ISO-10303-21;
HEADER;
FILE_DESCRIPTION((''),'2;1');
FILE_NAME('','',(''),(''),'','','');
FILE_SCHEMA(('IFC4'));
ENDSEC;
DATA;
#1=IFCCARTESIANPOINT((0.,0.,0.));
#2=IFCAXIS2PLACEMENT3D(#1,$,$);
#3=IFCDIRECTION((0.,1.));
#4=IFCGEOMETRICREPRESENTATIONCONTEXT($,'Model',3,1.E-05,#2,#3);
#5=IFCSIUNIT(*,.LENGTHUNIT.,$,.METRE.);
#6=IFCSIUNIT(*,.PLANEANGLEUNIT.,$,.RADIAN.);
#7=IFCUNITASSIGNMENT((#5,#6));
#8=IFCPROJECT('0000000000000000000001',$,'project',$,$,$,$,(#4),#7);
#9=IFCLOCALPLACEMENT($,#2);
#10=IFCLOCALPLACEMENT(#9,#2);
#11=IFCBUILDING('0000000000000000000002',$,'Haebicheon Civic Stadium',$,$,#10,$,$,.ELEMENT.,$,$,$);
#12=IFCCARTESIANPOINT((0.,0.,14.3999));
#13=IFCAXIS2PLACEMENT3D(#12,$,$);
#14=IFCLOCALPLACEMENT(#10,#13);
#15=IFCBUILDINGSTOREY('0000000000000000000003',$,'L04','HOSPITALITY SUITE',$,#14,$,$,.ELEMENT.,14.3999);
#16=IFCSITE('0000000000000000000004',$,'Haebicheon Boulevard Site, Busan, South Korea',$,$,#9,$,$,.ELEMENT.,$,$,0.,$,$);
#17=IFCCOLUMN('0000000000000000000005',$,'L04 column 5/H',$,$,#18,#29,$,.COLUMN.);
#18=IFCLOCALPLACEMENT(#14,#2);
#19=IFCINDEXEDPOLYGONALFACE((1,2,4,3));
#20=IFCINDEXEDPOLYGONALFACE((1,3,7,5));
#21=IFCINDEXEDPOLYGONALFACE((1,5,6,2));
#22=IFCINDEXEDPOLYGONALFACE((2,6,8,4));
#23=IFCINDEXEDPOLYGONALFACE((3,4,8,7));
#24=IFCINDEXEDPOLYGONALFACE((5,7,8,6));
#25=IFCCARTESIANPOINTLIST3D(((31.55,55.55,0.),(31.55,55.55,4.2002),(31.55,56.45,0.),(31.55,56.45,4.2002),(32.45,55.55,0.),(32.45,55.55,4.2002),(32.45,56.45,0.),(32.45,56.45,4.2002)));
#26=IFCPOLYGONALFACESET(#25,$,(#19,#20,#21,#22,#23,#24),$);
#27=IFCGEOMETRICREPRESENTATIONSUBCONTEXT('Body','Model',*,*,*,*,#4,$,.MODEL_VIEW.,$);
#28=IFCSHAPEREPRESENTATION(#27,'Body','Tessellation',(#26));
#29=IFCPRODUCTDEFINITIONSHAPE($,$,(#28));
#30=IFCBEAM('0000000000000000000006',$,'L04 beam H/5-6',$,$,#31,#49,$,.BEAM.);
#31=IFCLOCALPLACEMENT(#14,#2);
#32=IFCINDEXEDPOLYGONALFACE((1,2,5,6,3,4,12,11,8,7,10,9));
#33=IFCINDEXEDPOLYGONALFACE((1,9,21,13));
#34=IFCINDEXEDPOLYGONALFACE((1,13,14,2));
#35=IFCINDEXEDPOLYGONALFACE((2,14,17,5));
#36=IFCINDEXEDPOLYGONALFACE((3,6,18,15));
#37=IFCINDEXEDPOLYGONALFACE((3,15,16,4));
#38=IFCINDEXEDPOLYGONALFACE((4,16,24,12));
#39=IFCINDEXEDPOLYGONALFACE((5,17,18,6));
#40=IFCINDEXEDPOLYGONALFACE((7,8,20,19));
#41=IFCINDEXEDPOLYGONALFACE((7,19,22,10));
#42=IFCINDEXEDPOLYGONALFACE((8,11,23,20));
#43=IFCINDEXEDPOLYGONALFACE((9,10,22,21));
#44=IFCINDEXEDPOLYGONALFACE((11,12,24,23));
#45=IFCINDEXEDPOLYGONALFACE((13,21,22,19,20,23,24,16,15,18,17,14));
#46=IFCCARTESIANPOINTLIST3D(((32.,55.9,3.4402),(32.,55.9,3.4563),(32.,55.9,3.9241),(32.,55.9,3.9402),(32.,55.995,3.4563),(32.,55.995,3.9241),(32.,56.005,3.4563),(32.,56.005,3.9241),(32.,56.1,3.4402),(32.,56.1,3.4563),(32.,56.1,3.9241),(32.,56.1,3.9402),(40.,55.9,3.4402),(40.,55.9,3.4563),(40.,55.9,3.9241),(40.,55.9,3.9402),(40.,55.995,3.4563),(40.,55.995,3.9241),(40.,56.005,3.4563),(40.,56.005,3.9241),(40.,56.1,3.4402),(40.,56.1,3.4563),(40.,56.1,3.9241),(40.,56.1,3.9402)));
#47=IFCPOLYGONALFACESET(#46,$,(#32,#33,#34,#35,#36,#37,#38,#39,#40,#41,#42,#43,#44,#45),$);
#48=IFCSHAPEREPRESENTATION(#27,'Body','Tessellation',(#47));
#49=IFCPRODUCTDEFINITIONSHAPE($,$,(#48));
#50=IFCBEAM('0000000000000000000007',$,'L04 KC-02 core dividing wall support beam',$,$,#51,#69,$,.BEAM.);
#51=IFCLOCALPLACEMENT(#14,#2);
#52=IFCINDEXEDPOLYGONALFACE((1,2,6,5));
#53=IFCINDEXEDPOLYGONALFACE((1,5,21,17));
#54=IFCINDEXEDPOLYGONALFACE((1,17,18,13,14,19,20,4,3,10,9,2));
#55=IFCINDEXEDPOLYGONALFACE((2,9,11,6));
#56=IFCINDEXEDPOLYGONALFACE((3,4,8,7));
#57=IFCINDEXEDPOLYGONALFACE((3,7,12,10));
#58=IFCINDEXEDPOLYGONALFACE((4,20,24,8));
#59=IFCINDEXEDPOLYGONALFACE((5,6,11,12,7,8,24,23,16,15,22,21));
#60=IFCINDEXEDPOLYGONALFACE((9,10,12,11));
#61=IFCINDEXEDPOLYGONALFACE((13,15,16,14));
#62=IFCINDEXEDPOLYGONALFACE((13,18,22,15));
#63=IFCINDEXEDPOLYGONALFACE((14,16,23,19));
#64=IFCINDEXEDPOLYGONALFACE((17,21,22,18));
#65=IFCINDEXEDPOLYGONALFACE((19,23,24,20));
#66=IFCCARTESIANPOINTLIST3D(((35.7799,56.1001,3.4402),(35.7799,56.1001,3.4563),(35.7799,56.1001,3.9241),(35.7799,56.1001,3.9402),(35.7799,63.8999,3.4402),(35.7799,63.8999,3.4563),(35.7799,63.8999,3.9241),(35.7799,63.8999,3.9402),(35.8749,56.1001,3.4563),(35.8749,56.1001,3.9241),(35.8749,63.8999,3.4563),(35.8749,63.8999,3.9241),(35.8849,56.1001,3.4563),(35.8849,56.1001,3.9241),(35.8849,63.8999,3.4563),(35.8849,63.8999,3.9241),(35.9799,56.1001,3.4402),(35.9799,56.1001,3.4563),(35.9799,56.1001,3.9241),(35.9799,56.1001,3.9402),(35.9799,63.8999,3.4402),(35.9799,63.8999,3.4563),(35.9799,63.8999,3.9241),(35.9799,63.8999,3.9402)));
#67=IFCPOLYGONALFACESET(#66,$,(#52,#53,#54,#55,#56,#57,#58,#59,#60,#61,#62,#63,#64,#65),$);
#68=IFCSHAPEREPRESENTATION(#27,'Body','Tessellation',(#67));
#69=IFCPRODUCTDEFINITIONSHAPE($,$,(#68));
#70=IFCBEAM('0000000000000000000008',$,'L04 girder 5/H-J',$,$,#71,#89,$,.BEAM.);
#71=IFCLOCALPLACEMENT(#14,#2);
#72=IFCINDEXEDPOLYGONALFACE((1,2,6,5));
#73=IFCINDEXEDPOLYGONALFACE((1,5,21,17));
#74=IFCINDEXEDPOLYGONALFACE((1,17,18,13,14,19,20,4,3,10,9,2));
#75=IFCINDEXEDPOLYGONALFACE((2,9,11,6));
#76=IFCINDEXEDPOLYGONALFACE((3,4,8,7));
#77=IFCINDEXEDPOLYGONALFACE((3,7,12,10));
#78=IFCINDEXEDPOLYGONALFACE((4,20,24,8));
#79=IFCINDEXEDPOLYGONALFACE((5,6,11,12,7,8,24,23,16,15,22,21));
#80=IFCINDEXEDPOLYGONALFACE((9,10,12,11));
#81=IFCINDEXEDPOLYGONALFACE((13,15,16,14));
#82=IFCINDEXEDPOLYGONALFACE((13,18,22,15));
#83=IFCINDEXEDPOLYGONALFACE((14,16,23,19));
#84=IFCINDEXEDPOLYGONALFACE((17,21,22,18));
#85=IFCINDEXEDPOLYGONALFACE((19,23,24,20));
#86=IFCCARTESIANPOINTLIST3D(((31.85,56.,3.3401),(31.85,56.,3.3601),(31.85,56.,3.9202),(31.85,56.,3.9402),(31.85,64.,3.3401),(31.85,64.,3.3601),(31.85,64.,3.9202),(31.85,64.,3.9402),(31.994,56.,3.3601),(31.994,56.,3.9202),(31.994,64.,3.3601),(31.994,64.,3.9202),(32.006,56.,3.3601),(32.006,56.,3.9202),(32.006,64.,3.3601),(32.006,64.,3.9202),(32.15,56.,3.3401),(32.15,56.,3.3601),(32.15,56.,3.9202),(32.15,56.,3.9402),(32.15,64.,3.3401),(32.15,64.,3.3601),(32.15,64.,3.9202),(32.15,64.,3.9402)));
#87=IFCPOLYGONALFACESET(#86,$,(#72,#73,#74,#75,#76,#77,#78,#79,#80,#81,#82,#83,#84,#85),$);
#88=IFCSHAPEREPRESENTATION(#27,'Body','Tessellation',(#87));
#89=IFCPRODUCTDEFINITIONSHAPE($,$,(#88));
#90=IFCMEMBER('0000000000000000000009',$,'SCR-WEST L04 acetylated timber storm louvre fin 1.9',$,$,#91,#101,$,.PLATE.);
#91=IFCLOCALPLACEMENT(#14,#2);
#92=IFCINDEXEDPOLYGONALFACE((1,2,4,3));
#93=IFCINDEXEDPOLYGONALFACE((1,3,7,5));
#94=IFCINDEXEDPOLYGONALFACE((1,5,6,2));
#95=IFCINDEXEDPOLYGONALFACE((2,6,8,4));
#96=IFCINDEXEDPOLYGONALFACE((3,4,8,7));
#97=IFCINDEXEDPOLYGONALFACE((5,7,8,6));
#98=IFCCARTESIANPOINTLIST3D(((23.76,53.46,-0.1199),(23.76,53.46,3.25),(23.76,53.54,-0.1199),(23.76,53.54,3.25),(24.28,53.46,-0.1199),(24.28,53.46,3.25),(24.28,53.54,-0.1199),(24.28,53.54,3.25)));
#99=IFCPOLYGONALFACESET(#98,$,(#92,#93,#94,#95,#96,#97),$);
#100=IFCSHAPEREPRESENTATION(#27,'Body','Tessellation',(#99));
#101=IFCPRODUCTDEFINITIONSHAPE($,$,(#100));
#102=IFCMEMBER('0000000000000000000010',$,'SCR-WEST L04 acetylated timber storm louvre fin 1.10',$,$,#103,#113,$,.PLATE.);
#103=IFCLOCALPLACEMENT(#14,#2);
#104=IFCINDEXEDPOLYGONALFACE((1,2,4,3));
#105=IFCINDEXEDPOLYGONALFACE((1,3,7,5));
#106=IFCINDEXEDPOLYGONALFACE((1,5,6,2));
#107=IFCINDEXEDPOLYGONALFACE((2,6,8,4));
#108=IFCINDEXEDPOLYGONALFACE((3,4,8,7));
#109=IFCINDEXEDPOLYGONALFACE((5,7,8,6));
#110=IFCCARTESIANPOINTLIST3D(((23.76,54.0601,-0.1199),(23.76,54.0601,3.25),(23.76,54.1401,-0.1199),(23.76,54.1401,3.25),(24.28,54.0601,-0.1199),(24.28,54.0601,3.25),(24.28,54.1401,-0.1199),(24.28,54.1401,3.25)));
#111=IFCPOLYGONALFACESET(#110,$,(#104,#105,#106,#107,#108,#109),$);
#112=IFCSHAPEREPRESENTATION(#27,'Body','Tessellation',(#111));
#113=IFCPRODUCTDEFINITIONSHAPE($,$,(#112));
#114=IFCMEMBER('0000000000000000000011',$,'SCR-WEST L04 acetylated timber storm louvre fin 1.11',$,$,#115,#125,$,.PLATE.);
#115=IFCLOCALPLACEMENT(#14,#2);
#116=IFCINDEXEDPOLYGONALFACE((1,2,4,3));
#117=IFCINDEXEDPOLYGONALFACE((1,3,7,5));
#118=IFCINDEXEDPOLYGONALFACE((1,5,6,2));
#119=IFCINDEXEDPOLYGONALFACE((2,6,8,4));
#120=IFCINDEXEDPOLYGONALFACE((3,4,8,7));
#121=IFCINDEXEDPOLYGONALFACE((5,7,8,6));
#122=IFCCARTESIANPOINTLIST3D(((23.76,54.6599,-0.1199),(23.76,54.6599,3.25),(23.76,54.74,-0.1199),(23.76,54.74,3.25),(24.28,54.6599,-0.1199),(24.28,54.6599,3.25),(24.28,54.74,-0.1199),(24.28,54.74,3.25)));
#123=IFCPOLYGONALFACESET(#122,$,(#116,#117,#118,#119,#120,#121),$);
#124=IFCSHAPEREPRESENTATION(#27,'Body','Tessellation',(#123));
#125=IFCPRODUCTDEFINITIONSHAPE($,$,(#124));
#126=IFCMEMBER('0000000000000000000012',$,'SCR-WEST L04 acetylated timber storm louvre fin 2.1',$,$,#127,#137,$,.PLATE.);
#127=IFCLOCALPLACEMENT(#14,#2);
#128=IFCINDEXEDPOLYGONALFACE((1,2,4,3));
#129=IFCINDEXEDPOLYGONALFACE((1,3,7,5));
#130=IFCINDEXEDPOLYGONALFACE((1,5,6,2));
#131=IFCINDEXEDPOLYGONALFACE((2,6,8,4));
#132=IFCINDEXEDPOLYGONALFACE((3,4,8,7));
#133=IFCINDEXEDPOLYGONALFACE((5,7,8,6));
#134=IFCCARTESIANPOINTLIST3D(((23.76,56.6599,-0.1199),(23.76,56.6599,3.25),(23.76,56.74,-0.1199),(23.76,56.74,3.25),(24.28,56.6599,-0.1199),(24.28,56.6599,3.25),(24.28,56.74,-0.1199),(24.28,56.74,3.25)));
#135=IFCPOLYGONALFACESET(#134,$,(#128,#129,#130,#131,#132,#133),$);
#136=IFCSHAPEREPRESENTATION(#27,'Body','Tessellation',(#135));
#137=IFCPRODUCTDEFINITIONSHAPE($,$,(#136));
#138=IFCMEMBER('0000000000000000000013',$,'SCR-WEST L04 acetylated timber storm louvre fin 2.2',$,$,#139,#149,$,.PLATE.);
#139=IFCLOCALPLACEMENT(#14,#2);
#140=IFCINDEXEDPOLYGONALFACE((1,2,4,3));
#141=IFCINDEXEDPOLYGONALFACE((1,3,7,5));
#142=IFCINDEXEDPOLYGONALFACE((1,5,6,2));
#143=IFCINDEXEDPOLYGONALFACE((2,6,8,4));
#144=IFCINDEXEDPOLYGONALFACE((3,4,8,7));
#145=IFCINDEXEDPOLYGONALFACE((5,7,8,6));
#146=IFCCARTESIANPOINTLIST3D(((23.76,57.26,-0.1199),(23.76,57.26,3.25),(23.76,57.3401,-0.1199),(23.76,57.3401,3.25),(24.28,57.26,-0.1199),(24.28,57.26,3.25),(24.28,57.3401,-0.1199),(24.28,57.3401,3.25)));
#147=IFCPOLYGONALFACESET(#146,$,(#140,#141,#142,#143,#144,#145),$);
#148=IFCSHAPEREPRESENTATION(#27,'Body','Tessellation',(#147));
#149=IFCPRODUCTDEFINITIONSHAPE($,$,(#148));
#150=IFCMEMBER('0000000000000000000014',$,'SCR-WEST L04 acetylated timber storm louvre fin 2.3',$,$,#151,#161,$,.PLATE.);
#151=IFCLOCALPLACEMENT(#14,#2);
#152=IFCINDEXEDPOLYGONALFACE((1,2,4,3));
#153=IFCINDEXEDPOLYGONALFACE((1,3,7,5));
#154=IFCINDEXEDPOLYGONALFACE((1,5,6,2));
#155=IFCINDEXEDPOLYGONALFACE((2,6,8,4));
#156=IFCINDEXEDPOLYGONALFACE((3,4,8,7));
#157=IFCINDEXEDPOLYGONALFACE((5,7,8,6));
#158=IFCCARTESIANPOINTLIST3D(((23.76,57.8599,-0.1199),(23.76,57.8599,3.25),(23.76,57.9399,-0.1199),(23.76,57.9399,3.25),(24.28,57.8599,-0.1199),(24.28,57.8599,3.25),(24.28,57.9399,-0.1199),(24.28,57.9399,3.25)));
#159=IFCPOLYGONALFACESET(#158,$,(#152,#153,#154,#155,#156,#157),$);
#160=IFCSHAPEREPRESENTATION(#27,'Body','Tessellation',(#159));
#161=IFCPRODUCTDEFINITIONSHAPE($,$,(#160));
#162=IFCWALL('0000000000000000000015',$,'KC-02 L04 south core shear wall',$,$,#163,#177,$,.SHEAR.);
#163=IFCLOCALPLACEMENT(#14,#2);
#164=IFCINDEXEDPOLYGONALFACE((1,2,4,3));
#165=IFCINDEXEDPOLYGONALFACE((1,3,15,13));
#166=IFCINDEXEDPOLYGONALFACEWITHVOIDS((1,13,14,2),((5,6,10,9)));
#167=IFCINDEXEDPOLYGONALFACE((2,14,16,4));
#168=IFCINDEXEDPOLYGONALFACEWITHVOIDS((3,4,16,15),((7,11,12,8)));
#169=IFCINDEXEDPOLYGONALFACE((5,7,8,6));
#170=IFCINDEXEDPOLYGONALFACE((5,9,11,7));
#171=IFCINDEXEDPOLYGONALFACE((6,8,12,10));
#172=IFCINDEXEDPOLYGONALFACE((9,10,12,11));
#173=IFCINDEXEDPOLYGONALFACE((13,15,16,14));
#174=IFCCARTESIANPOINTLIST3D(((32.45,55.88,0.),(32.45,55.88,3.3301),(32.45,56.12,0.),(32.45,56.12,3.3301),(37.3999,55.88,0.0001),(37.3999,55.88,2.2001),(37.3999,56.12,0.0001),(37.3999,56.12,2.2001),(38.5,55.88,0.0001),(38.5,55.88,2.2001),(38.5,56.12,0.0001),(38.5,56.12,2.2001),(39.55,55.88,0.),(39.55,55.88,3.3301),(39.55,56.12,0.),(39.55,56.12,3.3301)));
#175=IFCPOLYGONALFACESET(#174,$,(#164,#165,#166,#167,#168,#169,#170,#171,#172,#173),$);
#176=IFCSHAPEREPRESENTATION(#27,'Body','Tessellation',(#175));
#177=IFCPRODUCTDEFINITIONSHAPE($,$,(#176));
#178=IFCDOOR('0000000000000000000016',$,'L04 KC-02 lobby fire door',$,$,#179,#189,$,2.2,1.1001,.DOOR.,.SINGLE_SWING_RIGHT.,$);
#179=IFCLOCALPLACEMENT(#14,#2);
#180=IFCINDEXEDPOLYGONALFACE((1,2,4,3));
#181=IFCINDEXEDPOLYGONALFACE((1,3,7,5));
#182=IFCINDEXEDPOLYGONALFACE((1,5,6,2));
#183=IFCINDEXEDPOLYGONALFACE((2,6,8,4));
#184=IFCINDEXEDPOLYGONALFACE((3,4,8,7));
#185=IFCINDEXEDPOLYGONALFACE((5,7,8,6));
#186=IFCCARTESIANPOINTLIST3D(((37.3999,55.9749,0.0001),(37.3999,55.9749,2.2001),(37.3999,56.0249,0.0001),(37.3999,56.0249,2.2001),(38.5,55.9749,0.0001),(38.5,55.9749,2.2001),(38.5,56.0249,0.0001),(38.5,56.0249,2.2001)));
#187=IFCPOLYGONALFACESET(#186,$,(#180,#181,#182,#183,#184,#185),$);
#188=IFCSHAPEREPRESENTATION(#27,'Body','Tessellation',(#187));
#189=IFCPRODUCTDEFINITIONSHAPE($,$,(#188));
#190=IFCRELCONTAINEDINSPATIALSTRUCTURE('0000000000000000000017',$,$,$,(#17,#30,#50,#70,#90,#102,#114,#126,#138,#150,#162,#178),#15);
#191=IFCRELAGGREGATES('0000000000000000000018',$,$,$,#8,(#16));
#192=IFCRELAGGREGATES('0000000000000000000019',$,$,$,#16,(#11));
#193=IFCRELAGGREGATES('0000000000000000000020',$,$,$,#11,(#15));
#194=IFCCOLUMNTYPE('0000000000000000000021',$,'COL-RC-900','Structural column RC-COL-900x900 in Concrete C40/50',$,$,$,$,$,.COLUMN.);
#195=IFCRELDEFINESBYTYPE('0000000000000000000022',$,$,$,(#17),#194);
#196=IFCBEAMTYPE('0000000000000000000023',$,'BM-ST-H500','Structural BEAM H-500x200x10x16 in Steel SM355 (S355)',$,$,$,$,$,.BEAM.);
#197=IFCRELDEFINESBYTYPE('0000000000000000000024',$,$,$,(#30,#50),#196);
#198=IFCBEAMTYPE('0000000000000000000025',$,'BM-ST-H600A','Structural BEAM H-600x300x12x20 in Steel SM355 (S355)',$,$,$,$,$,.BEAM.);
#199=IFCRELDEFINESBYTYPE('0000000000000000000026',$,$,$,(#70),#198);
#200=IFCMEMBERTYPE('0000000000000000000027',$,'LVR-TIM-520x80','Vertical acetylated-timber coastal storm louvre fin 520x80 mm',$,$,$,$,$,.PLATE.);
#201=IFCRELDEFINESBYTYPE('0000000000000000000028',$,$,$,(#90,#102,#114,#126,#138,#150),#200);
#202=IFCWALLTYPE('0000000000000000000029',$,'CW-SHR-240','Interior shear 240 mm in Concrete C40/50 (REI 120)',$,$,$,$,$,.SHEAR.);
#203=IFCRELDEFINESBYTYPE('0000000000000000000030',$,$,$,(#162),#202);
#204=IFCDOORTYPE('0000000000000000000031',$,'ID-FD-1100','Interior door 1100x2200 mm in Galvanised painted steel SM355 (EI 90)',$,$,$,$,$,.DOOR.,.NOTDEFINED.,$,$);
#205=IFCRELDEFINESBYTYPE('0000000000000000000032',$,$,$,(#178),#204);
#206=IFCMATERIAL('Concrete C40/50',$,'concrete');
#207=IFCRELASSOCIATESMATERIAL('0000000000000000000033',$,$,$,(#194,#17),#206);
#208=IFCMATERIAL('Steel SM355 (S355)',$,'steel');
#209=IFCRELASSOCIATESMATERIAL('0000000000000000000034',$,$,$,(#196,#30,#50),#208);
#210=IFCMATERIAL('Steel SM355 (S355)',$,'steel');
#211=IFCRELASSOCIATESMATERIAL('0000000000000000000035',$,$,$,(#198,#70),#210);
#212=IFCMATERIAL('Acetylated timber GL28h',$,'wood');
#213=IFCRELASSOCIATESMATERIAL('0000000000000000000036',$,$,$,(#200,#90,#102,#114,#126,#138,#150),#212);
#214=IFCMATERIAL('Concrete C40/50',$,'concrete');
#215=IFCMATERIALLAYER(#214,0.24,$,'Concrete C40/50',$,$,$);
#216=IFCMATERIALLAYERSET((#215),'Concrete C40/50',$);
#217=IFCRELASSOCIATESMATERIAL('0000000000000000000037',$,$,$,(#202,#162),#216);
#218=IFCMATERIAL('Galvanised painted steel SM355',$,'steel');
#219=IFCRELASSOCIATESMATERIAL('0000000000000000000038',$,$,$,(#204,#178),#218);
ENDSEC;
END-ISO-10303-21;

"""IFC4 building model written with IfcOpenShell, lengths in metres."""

from ifc_helpers import new_model, si_unit, direction, frame, frame_2d, origin, origin_2d, place, context, subcontext, project, spatial, rectangle, i_section, extrude, material, layer, layer_set, material_profile, profile_set, type_object, element, fill, save


model = new_model("IFC4")

# Units and contexts
model_context = context("Model", 3, precision=1e-05, world=origin(), true_north=direction((0.0, 1.0)))
body_context = subcontext(model_context, "Body", "Model", "MODEL_VIEW")
ifc_project = project(units=[si_unit("LENGTHUNIT", "METRE"), si_unit("PLANEANGLEUNIT", "RADIAN")], contexts=[model_context])

# Site, building, storey
site_placement = place(None, origin())
site = spatial("IfcSite", under=ifc_project, at=site_placement, Name="Haebicheon Boulevard Site, Busan, South Korea", CompositionType="ELEMENT", RefElevation=0.0)
building_placement = place(site_placement, origin())
building = spatial("IfcBuilding", under=site, at=building_placement, Name="Haebicheon Civic Stadium", CompositionType="ELEMENT")
storey_placement = place(building_placement, frame((0.0, 0.0, 14.3999)))
storey = spatial("IfcBuildingStorey", under=building, at=storey_placement, Name="L04", Description="HOSPITALITY SUITE", CompositionType="ELEMENT", Elevation=14.3999)

# Column
ifc_material_1 = material(Name="Concrete C40/50", Category="concrete")
ifc_material_profile_1 = material_profile(ifc_material_1, rectangle(XDim=0.8999, YDim=0.8999, at=origin_2d()), Name="RC-COL-900x900")
ifc_profile_set_1 = profile_set([ifc_material_profile_1], Name="Concrete C40/50")
column_type = type_object("IfcColumnType", Name="COL-RC-900", Description="Structural column RC-COL-900x900 in Concrete C40/50", PredefinedType="COLUMN", material=ifc_profile_set_1)
column_placement = place(storey_placement, frame((32.0, 56.0, 0.0), z_axis=(0.0, 0.0, 1.0), x_axis=(1.0, 0.0, 0.0)))
element("IfcColumn", 1, at=column_placement, inside=storey, type_object=column_type, material=ifc_profile_set_1, Name="L04 column 5/H", PredefinedType="COLUMN", context=body_context, shape_type="SweptSolid", body=[
    extrude(rectangle(XDim=0.8999, YDim=0.8999, at=origin_2d()), origin(), (0.0, 0.0, 1.0), 4.2002),
])

# Beams
ifc_material_2 = material(Name="Steel SM355 (S355)", Category="steel")
ifc_material_profile_2 = material_profile(ifc_material_2, i_section(OverallWidth=0.2, OverallDepth=0.5, WebThickness=0.01, FlangeThickness=0.0161, at=origin_2d()), Name="H-500x200x10x16")
ifc_profile_set_2 = profile_set([ifc_material_profile_2], Name="Steel SM355 (S355)")
beam_type_1 = type_object("IfcBeamType", Name="BM-ST-H500", Description="Structural BEAM H-500x200x10x16 in Steel SM355 (S355)", PredefinedType="BEAM", material=ifc_profile_set_2)
beam_1_placement = place(storey_placement, frame((32.0, 56.0, 3.6902), z_axis=(1.0, 0.0, 0.0), x_axis=(0.0, 1.0, 0.0)))
element("IfcBeam", 2, at=beam_1_placement, inside=storey, type_object=beam_type_1, material=ifc_profile_set_2, Name="L04 beam H/5-6", PredefinedType="BEAM", context=body_context, shape_type="SweptSolid", body=[
    extrude(i_section(OverallWidth=0.2, OverallDepth=0.5, WebThickness=0.01, FlangeThickness=0.0161, at=origin_2d()), origin(), (0.0, 0.0, 1.0), 8.0),
])
beam_2_placement = place(storey_placement, frame((35.8799, 56.1001, 3.6902), z_axis=(0.0, 1.0, 0.0), x_axis=(-1.0, 0.0, 0.0)))
element("IfcBeam", 3, at=beam_2_placement, inside=storey, type_object=beam_type_1, material=ifc_profile_set_2, Name="L04 KC-02 core dividing wall support beam", PredefinedType="BEAM", context=body_context, shape_type="SweptSolid", body=[
    extrude(i_section(OverallWidth=0.2, OverallDepth=0.5, WebThickness=0.01, FlangeThickness=0.0161, at=origin_2d()), origin(), (0.0, 0.0, 1.0), 7.7998),
])
ifc_material_3 = material(Name="Steel SM355 (S355)", Category="steel")
ifc_material_profile_3 = material_profile(ifc_material_3, i_section(OverallWidth=0.3, OverallDepth=0.6001, WebThickness=0.012, FlangeThickness=0.02, at=origin_2d()), Name="H-600x300x12x20")
ifc_profile_set_3 = profile_set([ifc_material_profile_3], Name="Steel SM355 (S355)")
beam_type_2 = type_object("IfcBeamType", Name="BM-ST-H600A", Description="Structural BEAM H-600x300x12x20 in Steel SM355 (S355)", PredefinedType="BEAM", material=ifc_profile_set_3)
beam_3_placement = place(storey_placement, frame((32.0, 56.0, 3.6401), z_axis=(0.0, 1.0, 0.0), x_axis=(-1.0, 0.0, 0.0)))
element("IfcBeam", 4, at=beam_3_placement, inside=storey, type_object=beam_type_2, material=ifc_profile_set_3, Name="L04 girder 5/H-J", PredefinedType="BEAM", context=body_context, shape_type="SweptSolid", body=[
    extrude(i_section(OverallWidth=0.3, OverallDepth=0.6001, WebThickness=0.012, FlangeThickness=0.02, at=origin_2d()), origin(), (0.0, 0.0, 1.0), 8.0),
])

# Members
ifc_material_4 = material(Name="Acetylated timber GL28h", Category="wood")
ifc_material_profile_4 = material_profile(ifc_material_4, rectangle(XDim=0.0801, YDim=0.52, at=origin_2d()), Name="TMB-LOUV-80x520")
ifc_profile_set_4 = profile_set([ifc_material_profile_4], Name="Acetylated timber GL28h")
member_type = type_object("IfcMemberType", Name="LVR-TIM-520x80", Description="Vertical acetylated-timber coastal storm louvre fin 520x80 mm", PredefinedType="PLATE", material=ifc_profile_set_4)
for number, where, z_axis, x_axis, name in (
    (5, (24.02, 53.5, -0.1199), (0.0, 0.0, 1.0), (0.0, 1.0, 0.0), "SCR-WEST L04 acetylated timber storm louvre fin 1.9"),
    (6, (24.02, 54.1001, -0.1199), (0.0, 0.0, 1.0), (0.0, 1.0, 0.0), "SCR-WEST L04 acetylated timber storm louvre fin 1.10"),
    (7, (24.02, 54.7, -0.1199), (0.0, 0.0, 1.0), (0.0, 1.0, 0.0), "SCR-WEST L04 acetylated timber storm louvre fin 1.11"),
    (8, (24.02, 56.7, -0.1199), (0.0, 0.0, 1.0), (0.0, 1.0, 0.0), "SCR-WEST L04 acetylated timber storm louvre fin 2.1"),
    (9, (24.02, 57.3, -0.1199), (0.0, 0.0, 1.0), (0.0, 1.0, 0.0), "SCR-WEST L04 acetylated timber storm louvre fin 2.2"),
    (10, (24.02, 57.8999, -0.1199), (0.0, 0.0, 1.0), (0.0, 1.0, 0.0), "SCR-WEST L04 acetylated timber storm louvre fin 2.3"),
):
    element("IfcMember", number, at=place(storey_placement, frame(where, z_axis=z_axis, x_axis=x_axis)), inside=storey, type_object=member_type, material=ifc_profile_set_4, Name=name, PredefinedType="PLATE", context=body_context, shape_type="SweptSolid", body=[
        extrude(rectangle(XDim=0.0801, YDim=0.52, at=origin_2d()), origin(), (0.0, 0.0, 1.0), 3.3699),
    ])

# Wall, opening, door
ifc_material_5 = material(Name="Concrete C40/50", Category="concrete")
ifc_layer = layer(ifc_material_5, 0.24, Name="Concrete C40/50")
ifc_layer_set = layer_set([ifc_layer], Name="Concrete C40/50")
wall_type = type_object("IfcWallType", Name="CW-SHR-240", Description="Interior shear 240 mm in Concrete C40/50 (REI 120)", PredefinedType="SHEAR", material=ifc_layer_set)
wall_1_placement = place(storey_placement, frame((32.45, 56.0, 0.0), z_axis=(0.0, 0.0, 1.0), x_axis=(1.0, 0.0, 0.0)))
wall_1 = element("IfcWall", 11, at=wall_1_placement, inside=storey, type_object=wall_type, material=ifc_layer_set, Name="KC-02 L04 south core shear wall", PredefinedType="SHEAR", context=body_context, shape_type="SweptSolid", body=[
    extrude(rectangle(XDim=7.1001, YDim=0.24, at=frame_2d((3.55, 0.0))), origin(), (0.0, 0.0, 1.0), 3.3301),
])
opening_1_placement = place(wall_1_placement, frame((4.95, 0.0, 0.0)))
opening_1 = element("IfcOpeningElement", 12, at=opening_1_placement, cuts=wall_1, PredefinedType="OPENING", context=body_context, shape_type="SweptSolid", body=[
    extrude(rectangle(XDim=1.1001, YDim=2.2, at=frame_2d((0.55, 1.1001))), frame((0.0, 0.1299, 0.0), z_axis=(0.0, -1.0, 0.0), x_axis=(1.0, 0.0, 0.0)), (0.0, 0.0, 1.0), 0.26),
])
ifc_material_6 = material(Name="Galvanised painted steel SM355", Category="steel")
door_type_1 = type_object("IfcDoorType", Name="ID-FD-1100", Description="Interior door 1100x2200 mm in Galvanised painted steel SM355 (EI 90)", OperationType="NOTDEFINED", PredefinedType="DOOR", material=ifc_material_6)
door_1_placement = place(opening_1_placement, origin())
door_1 = element("IfcDoor", 13, at=door_1_placement, inside=storey, type_object=door_type_1, material=ifc_material_6, Name="L04 KC-02 lobby fire door", OperationType="SINGLE_SWING_RIGHT", OverallHeight=2.2, OverallWidth=1.1001, PredefinedType="DOOR", context=body_context, shape_type="SweptSolid", body=[
    extrude(rectangle(XDim=1.1001, YDim=2.2, at=frame_2d((0.55, 1.1001))), frame((0.0, 0.0249, 0.0), z_axis=(0.0, -1.0, 0.0), x_axis=(1.0, 0.0, 0.0)), (0.0, 0.0, 1.0), 0.05),
])
fill(opening_1, door_1)

save(model, "model.ifc")
